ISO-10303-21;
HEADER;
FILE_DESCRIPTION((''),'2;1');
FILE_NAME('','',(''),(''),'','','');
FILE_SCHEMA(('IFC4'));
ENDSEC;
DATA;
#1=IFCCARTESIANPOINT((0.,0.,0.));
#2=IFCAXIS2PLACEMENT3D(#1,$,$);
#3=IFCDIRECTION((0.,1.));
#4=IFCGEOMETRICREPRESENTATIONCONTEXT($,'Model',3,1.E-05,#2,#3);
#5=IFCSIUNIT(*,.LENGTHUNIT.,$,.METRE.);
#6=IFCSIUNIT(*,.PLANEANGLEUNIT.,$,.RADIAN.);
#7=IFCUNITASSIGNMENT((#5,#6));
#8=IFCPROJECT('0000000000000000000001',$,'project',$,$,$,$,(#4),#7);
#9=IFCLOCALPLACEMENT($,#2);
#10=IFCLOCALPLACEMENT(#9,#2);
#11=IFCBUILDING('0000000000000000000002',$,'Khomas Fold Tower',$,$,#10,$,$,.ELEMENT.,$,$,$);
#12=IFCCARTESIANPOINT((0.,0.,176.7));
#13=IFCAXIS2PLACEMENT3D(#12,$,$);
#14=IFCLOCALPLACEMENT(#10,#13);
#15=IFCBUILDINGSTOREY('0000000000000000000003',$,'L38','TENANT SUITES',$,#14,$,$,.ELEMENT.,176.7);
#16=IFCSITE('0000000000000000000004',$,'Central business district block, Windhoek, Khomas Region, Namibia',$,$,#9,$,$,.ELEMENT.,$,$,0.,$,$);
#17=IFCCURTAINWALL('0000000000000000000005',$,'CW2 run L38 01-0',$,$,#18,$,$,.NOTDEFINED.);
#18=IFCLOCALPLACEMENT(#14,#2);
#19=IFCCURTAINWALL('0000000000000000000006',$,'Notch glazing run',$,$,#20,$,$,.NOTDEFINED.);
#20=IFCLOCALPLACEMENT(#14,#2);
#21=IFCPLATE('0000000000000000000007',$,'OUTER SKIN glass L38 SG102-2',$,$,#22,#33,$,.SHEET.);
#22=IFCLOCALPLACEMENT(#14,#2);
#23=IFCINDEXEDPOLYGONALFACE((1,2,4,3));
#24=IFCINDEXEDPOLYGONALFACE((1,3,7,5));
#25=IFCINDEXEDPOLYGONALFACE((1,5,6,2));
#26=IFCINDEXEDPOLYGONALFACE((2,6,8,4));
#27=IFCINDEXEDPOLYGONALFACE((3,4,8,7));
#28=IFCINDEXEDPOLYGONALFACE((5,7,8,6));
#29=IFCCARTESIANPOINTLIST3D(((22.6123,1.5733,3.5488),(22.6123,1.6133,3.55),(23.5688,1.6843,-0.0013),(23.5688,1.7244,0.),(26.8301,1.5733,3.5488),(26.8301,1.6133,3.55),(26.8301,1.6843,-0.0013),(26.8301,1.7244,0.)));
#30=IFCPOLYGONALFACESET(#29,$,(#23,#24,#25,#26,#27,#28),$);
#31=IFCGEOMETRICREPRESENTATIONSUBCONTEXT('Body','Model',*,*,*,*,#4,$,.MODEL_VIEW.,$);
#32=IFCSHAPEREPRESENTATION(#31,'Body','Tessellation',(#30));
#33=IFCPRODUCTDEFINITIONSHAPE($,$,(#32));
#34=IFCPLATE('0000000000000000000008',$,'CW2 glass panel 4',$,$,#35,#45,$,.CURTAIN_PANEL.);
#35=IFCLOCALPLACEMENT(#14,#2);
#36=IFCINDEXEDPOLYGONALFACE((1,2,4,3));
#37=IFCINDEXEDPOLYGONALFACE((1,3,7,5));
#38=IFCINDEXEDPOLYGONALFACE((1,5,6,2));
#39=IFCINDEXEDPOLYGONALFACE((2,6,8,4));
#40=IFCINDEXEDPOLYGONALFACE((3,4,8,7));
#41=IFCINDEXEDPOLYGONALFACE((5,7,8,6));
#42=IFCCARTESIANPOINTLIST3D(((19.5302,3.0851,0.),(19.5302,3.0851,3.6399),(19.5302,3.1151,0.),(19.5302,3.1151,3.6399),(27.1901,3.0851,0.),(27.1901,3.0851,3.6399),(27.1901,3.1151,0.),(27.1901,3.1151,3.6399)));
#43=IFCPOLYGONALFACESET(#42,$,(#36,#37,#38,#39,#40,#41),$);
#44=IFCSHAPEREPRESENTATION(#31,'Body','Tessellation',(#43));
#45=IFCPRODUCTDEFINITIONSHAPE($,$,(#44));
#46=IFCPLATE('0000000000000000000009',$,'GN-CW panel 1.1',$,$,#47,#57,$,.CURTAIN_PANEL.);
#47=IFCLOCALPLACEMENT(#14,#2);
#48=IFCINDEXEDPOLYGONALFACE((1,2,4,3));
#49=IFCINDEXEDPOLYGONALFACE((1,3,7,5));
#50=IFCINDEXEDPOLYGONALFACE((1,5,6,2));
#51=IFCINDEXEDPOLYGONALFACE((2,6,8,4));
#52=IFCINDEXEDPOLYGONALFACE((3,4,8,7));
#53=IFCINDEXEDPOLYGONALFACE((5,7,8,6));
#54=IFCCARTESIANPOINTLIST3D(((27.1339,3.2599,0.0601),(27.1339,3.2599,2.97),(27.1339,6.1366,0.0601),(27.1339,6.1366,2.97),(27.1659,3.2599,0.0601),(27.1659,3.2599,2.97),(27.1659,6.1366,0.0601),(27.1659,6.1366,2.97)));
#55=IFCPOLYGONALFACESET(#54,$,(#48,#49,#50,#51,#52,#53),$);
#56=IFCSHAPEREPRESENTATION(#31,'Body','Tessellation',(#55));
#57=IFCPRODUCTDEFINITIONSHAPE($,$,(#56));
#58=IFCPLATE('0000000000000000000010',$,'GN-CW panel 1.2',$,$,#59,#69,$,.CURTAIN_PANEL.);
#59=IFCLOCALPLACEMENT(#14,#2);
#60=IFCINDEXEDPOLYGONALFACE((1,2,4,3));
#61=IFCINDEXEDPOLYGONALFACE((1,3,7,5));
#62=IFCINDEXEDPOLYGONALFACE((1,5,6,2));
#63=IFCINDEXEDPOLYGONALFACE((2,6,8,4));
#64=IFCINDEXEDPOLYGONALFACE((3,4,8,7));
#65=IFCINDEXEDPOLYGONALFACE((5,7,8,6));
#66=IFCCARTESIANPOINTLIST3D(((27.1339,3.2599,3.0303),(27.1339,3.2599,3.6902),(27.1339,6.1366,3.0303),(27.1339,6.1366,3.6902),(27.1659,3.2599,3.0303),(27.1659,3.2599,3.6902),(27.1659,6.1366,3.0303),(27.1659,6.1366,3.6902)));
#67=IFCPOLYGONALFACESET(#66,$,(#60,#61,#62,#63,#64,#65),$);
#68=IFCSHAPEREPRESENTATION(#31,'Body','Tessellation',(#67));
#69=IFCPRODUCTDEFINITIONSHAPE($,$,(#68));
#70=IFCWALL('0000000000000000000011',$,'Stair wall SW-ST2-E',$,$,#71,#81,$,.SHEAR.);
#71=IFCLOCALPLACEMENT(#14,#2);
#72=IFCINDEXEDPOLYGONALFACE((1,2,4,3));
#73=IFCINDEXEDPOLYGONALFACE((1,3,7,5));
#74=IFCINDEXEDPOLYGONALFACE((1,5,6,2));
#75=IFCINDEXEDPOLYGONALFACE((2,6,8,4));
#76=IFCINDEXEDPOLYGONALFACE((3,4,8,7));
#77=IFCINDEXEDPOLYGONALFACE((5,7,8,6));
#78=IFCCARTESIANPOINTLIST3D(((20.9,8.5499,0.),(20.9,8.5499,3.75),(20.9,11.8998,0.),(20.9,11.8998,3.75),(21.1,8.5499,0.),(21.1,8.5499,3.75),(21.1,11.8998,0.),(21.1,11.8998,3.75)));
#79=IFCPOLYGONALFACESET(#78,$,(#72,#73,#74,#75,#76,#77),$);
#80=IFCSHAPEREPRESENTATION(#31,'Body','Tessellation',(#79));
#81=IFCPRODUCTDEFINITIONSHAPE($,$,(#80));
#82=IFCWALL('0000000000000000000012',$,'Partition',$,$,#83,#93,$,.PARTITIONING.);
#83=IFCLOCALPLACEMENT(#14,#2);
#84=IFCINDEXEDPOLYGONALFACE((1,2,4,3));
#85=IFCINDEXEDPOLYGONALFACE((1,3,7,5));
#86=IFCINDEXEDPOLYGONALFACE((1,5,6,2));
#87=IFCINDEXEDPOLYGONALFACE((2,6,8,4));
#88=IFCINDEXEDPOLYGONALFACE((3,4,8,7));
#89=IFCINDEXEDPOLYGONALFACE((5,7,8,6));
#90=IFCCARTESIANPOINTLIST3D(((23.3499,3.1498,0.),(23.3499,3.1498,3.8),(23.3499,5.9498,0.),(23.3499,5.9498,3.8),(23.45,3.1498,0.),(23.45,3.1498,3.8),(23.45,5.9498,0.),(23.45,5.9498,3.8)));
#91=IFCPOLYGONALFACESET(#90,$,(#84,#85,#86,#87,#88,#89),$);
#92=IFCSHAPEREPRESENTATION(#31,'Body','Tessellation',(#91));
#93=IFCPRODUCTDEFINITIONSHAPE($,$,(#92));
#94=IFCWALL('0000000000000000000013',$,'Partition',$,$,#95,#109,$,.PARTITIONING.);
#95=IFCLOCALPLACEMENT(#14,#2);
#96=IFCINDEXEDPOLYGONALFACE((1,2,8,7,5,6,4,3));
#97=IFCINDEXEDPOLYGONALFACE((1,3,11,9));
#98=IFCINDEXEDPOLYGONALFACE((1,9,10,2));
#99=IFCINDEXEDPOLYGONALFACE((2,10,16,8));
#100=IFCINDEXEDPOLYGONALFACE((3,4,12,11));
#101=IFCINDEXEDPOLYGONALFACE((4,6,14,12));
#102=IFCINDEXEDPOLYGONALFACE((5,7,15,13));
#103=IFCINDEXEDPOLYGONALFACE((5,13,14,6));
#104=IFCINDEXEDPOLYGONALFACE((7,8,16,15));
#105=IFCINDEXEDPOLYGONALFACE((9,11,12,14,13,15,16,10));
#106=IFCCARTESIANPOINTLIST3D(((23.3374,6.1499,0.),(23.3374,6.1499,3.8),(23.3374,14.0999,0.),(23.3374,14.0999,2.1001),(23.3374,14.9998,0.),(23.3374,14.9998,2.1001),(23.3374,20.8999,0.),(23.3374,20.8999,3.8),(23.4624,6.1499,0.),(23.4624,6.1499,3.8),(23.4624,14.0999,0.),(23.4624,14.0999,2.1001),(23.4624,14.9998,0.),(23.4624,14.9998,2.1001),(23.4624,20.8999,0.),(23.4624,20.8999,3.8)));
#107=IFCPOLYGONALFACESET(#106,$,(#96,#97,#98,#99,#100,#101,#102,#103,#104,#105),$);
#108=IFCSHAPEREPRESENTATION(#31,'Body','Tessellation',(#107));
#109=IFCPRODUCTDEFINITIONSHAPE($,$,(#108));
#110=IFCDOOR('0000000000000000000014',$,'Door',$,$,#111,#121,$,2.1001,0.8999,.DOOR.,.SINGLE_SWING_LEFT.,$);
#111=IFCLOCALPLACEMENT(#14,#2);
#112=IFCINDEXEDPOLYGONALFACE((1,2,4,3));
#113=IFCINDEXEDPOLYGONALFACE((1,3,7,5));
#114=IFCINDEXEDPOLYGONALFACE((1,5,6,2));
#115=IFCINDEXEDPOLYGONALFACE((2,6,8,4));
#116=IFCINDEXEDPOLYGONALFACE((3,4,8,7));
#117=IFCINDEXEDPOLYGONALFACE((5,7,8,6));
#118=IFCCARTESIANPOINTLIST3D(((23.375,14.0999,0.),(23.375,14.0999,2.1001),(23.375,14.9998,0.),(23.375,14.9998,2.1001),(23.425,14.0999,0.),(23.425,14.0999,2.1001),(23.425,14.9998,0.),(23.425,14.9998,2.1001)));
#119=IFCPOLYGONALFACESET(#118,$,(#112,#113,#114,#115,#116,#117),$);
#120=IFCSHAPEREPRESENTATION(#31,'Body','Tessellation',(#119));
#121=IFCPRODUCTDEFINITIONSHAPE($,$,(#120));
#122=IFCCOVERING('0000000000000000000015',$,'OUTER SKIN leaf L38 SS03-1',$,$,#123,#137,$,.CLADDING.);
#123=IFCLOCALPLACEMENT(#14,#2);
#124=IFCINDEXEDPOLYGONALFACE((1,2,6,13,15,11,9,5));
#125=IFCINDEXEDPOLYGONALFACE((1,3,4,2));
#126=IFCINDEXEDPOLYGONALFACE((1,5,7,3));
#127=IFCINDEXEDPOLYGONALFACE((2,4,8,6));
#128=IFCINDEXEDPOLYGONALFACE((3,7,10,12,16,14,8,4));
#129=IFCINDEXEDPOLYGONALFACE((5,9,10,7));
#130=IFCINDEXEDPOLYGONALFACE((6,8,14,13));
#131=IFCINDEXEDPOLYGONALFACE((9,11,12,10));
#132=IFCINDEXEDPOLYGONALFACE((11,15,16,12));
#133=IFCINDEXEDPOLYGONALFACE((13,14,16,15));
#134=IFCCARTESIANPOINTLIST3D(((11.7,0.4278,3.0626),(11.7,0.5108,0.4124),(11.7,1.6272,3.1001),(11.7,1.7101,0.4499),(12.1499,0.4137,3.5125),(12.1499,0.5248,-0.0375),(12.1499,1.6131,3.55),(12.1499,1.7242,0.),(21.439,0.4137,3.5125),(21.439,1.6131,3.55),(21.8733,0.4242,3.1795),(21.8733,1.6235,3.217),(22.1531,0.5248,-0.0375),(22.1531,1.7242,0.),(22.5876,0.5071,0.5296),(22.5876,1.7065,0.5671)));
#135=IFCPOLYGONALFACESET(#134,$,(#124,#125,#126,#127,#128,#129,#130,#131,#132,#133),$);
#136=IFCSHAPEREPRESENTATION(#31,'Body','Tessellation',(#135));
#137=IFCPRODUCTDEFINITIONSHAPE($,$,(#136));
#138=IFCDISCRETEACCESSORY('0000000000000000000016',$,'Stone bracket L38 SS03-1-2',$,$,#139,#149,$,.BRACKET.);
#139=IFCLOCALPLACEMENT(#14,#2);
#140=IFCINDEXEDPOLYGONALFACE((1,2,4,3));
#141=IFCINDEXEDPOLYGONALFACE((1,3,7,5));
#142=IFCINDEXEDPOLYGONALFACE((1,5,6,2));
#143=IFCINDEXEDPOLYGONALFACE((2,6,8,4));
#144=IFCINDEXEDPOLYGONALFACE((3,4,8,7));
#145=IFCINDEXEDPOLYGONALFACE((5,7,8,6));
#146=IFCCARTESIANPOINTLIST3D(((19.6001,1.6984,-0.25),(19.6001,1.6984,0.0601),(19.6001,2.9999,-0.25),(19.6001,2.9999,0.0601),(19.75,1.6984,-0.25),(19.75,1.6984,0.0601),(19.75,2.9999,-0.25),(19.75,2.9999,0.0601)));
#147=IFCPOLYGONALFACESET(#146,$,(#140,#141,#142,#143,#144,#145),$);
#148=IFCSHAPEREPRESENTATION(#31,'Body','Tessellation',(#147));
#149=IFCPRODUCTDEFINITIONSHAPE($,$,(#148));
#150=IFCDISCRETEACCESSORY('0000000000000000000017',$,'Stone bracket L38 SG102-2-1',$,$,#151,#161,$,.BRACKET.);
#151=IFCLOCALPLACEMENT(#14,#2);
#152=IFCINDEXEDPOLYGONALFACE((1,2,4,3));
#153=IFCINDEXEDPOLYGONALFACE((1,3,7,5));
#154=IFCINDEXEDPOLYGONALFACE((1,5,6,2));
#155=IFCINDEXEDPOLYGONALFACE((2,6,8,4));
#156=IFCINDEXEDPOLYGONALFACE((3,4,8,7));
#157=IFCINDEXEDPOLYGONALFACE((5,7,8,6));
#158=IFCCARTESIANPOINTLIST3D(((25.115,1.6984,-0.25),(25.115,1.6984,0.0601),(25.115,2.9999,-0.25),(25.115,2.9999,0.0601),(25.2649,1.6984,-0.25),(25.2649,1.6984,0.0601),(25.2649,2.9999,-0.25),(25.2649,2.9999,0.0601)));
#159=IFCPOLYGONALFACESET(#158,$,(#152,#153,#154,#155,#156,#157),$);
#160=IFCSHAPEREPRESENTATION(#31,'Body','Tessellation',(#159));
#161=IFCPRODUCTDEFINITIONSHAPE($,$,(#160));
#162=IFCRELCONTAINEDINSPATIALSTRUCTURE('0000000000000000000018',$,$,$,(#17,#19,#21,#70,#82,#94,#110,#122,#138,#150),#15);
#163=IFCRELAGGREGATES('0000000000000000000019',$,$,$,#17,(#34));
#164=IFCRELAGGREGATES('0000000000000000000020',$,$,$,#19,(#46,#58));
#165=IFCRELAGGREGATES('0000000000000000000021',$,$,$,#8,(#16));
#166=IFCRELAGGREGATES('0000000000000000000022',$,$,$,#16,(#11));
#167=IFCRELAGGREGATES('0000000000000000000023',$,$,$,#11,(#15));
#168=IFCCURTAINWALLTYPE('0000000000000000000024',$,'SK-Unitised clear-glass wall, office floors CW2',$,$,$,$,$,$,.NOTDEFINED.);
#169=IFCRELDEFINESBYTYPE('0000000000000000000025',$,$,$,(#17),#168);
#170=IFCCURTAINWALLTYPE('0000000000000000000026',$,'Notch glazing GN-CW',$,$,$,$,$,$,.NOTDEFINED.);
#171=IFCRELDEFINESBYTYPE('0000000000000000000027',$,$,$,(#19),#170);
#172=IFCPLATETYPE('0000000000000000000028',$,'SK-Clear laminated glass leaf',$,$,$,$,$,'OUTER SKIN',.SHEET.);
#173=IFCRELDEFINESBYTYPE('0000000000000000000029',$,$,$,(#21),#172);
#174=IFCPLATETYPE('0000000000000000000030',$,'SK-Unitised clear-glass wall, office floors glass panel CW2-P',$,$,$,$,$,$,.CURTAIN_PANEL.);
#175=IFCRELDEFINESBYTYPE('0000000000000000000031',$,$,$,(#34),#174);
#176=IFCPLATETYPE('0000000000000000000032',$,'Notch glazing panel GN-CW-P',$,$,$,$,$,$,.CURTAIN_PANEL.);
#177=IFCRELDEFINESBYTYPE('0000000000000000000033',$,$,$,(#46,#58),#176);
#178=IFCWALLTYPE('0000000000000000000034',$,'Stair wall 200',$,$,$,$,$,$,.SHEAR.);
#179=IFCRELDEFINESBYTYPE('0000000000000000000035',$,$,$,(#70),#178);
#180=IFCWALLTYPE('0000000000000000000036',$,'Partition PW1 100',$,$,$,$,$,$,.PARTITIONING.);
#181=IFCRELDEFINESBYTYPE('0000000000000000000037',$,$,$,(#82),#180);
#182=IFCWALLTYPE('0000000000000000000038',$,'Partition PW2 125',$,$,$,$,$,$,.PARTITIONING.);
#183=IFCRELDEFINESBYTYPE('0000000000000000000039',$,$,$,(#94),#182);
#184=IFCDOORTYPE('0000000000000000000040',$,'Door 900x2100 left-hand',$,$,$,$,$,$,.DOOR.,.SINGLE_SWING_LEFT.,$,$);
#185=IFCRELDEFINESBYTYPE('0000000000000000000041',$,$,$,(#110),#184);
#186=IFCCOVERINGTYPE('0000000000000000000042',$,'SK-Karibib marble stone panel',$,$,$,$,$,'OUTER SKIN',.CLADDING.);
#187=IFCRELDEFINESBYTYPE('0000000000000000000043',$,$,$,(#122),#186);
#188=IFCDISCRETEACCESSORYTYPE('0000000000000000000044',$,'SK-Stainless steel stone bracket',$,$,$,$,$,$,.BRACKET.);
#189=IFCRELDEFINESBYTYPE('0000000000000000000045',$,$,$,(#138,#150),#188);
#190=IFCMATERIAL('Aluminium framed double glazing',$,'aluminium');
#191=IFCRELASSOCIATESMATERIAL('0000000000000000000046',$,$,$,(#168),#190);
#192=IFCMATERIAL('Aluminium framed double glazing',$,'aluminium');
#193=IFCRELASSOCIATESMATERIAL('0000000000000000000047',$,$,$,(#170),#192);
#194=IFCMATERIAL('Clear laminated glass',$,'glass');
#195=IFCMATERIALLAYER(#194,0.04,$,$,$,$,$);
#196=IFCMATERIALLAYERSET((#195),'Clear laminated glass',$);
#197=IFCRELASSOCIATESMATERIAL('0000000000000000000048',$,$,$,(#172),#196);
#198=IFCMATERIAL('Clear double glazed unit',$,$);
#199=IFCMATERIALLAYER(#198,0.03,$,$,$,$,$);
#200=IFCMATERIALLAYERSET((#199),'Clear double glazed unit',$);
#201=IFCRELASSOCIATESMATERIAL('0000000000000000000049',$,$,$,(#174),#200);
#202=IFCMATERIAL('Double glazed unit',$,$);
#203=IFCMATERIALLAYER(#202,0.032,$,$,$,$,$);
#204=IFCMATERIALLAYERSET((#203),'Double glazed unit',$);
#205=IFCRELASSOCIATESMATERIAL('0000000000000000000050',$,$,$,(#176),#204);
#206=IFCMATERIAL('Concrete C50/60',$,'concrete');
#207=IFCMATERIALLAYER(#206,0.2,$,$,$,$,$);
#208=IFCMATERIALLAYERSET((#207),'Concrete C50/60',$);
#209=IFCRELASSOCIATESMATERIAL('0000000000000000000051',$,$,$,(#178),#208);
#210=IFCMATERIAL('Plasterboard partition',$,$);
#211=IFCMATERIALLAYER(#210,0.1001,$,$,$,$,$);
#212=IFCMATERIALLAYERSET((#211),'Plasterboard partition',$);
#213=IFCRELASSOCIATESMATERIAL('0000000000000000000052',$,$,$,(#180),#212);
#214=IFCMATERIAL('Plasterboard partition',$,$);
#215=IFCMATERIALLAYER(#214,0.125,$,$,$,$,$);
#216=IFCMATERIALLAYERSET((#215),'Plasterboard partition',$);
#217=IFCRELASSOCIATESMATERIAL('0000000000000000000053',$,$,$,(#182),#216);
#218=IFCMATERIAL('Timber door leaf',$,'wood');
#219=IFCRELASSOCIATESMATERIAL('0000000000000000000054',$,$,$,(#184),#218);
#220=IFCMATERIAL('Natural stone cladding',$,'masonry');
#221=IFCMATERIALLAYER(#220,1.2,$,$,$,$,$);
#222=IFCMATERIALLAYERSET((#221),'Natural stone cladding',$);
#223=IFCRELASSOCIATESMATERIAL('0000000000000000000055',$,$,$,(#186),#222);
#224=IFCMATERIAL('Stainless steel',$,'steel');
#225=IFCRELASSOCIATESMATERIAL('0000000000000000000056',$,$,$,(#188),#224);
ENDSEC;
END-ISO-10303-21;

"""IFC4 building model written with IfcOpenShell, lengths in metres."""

from ifc_helpers import new_model, si_unit, direction, frame, frame_2d, origin, origin_2d, place, context, subcontext, project, spatial, polyline, rectangle, outline, extrude, source, transform, mapped, material, layer, layer_set, type_object, element, fill, aggregate, save


model = new_model("IFC4")

# Units and contexts
model_context = context("Model", 3, precision=1e-05, world=origin(), true_north=direction((0.0, 1.0)))
body_context = subcontext(model_context, "Body", "Model", "MODEL_VIEW")
ifc_project = project(units=[si_unit("LENGTHUNIT", "METRE"), si_unit("PLANEANGLEUNIT", "RADIAN")], contexts=[model_context])

# Site, building, storey
site_placement = place(None, origin())
site = spatial("IfcSite", under=ifc_project, at=site_placement, Name="Central business district block, Windhoek, Khomas Region, Namibia", CompositionType="ELEMENT", RefElevation=0.0)
building_placement = place(site_placement, origin())
building = spatial("IfcBuilding", under=site, at=building_placement, Name="Khomas Fold Tower", CompositionType="ELEMENT")
storey_placement = place(building_placement, frame((0.0, 0.0, 176.7)))
storey = spatial("IfcBuildingStorey", under=building, at=storey_placement, Name="L38", Description="TENANT SUITES", CompositionType="ELEMENT", Elevation=176.7)

# Curtain walls
ifc_material_1 = material(Name="Aluminium framed double glazing", Category="aluminium")
curtain_wall_type_1 = type_object("IfcCurtainWallType", Name="SK-Unitised clear-glass wall, office floors CW2", PredefinedType="NOTDEFINED", material=ifc_material_1)
curtain_wall_1_placement = place(storey_placement, origin())
curtain_wall_1 = element("IfcCurtainWall", 1, at=curtain_wall_1_placement, inside=storey, type_object=curtain_wall_type_1, Name="CW2 run L38 01-0", PredefinedType="NOTDEFINED")
ifc_material_2 = material(Name="Aluminium framed double glazing", Category="aluminium")
curtain_wall_type_2 = type_object("IfcCurtainWallType", Name="Notch glazing GN-CW", PredefinedType="NOTDEFINED", material=ifc_material_2)
curtain_wall_2_placement = place(storey_placement, origin())
curtain_wall_2 = element("IfcCurtainWall", 2, at=curtain_wall_2_placement, inside=storey, type_object=curtain_wall_type_2, Name="Notch glazing run", PredefinedType="NOTDEFINED")

# Plates
ifc_material_3 = material(Name="Clear laminated glass", Category="glass")
ifc_layer_1 = layer(ifc_material_3, 0.04)
ifc_layer_set_1 = layer_set([ifc_layer_1], Name="Clear laminated glass")
plate_type_1 = type_object("IfcPlateType", Name="SK-Clear laminated glass leaf", ElementType="OUTER SKIN", PredefinedType="SHEET", material=ifc_layer_set_1)
plate_1_placement = place(storey_placement, frame((23.5688, 1.7244, 0.0), z_axis=(0.0, 0.999511, 0.031276), x_axis=(-0.260048, -0.0302, 0.965123)))
element("IfcPlate", 3, at=plate_1_placement, inside=storey, type_object=plate_type_1, Name="OUTER SKIN glass L38 SG102-2", PredefinedType="SHEET", context=body_context, shape_type="SweptSolid", body=[
    extrude(outline(polyline([(0.0, 0.0), (3.6783, 0.0), (2.5815, 4.0727), (-0.8481, 3.149), (0.0, 0.0)])), origin(), (0.0, 0.0, -1.0), 0.04),
])
ifc_material_4 = material(Name="Clear double glazed unit")
ifc_layer_2 = layer(ifc_material_4, 0.03)
ifc_layer_set_2 = layer_set([ifc_layer_2], Name="Clear double glazed unit")
plate_type_2 = type_object("IfcPlateType", Name="SK-Unitised clear-glass wall, office floors glass panel CW2-P", PredefinedType="CURTAIN_PANEL", material=ifc_layer_set_2)
shared_shape_1 = source(origin(), body_context, "Body", "SweptSolid", [
    extrude(rectangle(XDim=7.6599, YDim=0.03, at=origin_2d()), origin(), (0.0, 0.0, 1.0), 3.6399),
])
plate_2_placement = place(storey_placement, frame((23.3601, 3.1001, 0.0), z_axis=(0.0, 0.0, 1.0), x_axis=(1.0, 0.0, 0.0)))
plate_2 = element("IfcPlate", 4, at=plate_2_placement, type_object=plate_type_2, Name="CW2 glass panel 4", PredefinedType="CURTAIN_PANEL", context=body_context, shape_type="MappedRepresentation", body=[
    mapped(shared_shape_1, transform((0.0, 0.0, 0.0))),
])
aggregate(curtain_wall_1, [plate_2])
ifc_material_5 = material(Name="Double glazed unit")
ifc_layer_3 = layer(ifc_material_5, 0.032)
ifc_layer_set_3 = layer_set([ifc_layer_3], Name="Double glazed unit")
plate_type_3 = type_object("IfcPlateType", Name="Notch glazing panel GN-CW-P", PredefinedType="CURTAIN_PANEL", material=ifc_layer_set_3)
shared_shape_2 = source(origin(), body_context, "Body", "SweptSolid", [
    extrude(rectangle(XDim=2.8767, YDim=0.032, at=origin_2d()), origin(), (0.0, 0.0, 1.0), 2.9099),
])
plate_3_placement = place(storey_placement, frame((27.1499, 4.6982, 0.0601), z_axis=(0.0, 0.0, 1.0), x_axis=(0.0, 1.0, 0.0)))
plate_3 = element("IfcPlate", 5, at=plate_3_placement, type_object=plate_type_3, Name="GN-CW panel 1.1", PredefinedType="CURTAIN_PANEL", context=body_context, shape_type="MappedRepresentation", body=[
    mapped(shared_shape_2, transform((0.0, 0.0, 0.0))),
])
shared_shape_3 = source(origin(), body_context, "Body", "SweptSolid", [
    extrude(rectangle(XDim=2.8767, YDim=0.032, at=origin_2d()), origin(), (0.0, 0.0, 1.0), 0.6599),
])
plate_4_placement = place(storey_placement, frame((27.1499, 4.6982, 3.0303), z_axis=(0.0, 0.0, 1.0), x_axis=(0.0, 1.0, 0.0)))
plate_4 = element("IfcPlate", 6, at=plate_4_placement, type_object=plate_type_3, Name="GN-CW panel 1.2", PredefinedType="CURTAIN_PANEL", context=body_context, shape_type="MappedRepresentation", body=[
    mapped(shared_shape_3, transform((0.0, 0.0, 0.0))),
])
aggregate(curtain_wall_2, [plate_3, plate_4])

# Walls
ifc_material_6 = material(Name="Concrete C50/60", Category="concrete")
ifc_layer_4 = layer(ifc_material_6, 0.2)
ifc_layer_set_4 = layer_set([ifc_layer_4], Name="Concrete C50/60")
wall_type_1 = type_object("IfcWallType", Name="Stair wall 200", PredefinedType="SHEAR", material=ifc_layer_set_4)
shared_shape_4 = source(origin(), body_context, "Body", "SweptSolid", [
    extrude(rectangle(XDim=3.3499, YDim=0.2, at=frame_2d((1.6748, 0.0))), origin(), (0.0, 0.0, 1.0), 3.75),
])
wall_1_placement = place(storey_placement, frame((21.0, 8.55, 0.0), z_axis=(0.0, 0.0, 1.0), x_axis=(0.0, 1.0, 0.0)))
element("IfcWall", 7, at=wall_1_placement, inside=storey, type_object=wall_type_1, Name="Stair wall SW-ST2-E", PredefinedType="SHEAR", context=body_context, shape_type="MappedRepresentation", body=[
    mapped(shared_shape_4, transform((0.0, 0.0, 0.0))),
])
ifc_material_7 = material(Name="Plasterboard partition")
ifc_layer_5 = layer(ifc_material_7, 0.1001)
ifc_layer_set_5 = layer_set([ifc_layer_5], Name="Plasterboard partition")
wall_type_2 = type_object("IfcWallType", Name="Partition PW1 100", PredefinedType="PARTITIONING", material=ifc_layer_set_5)
shared_shape_5 = source(origin(), body_context, "Body", "SweptSolid", [
    extrude(rectangle(XDim=2.8, YDim=0.1001, at=frame_2d((1.3999, 0.0))), origin(), (0.0, 0.0, 1.0), 3.8),
])
wall_2_placement = place(storey_placement, frame((23.3999, 3.1499, 0.0), z_axis=(0.0, 0.0, 1.0), x_axis=(0.0, 1.0, 0.0)))
element("IfcWall", 8, at=wall_2_placement, inside=storey, type_object=wall_type_2, Name="Partition", PredefinedType="PARTITIONING", context=body_context, shape_type="MappedRepresentation", body=[
    mapped(shared_shape_5, transform((0.0, 0.0, 0.0))),
])

# Wall, opening, door
ifc_material_8 = material(Name="Plasterboard partition")
ifc_layer_6 = layer(ifc_material_8, 0.125)
ifc_layer_set_6 = layer_set([ifc_layer_6], Name="Plasterboard partition")
wall_type_3 = type_object("IfcWallType", Name="Partition PW2 125", PredefinedType="PARTITIONING", material=ifc_layer_set_6)
shared_shape_6 = source(origin(), body_context, "Body", "SweptSolid", [
    extrude(rectangle(XDim=14.75, YDim=0.125, at=frame_2d((7.375, 0.0))), origin(), (0.0, 0.0, 1.0), 3.8),
])
wall_3_placement = place(storey_placement, frame((23.3999, 6.1499, 0.0), z_axis=(0.0, 0.0, 1.0), x_axis=(0.0, 1.0, 0.0)))
wall_3 = element("IfcWall", 9, at=wall_3_placement, inside=storey, type_object=wall_type_3, Name="Partition", PredefinedType="PARTITIONING", context=body_context, shape_type="MappedRepresentation", body=[
    mapped(shared_shape_6, transform((0.0, 0.0, 0.0))),
])
shared_shape_7 = source(origin(), body_context, "Body", "SweptSolid", [
    extrude(rectangle(XDim=0.8999, YDim=2.1001, at=frame_2d((0.45, 1.05))), frame((0.0, 0.0725, 0.0), z_axis=(0.0, -1.0, 0.0), x_axis=(1.0, 0.0, 0.0)), (0.0, 0.0, 1.0), 0.145),
])
opening_placement = place(wall_3_placement, frame((7.95, 0.0, 0.0)))
opening = element("IfcOpeningElement", 10, at=opening_placement, cuts=wall_3, PredefinedType="OPENING", context=body_context, shape_type="MappedRepresentation", body=[
    mapped(shared_shape_7, transform((0.0, 0.0, 0.0))),
])
ifc_material_9 = material(Name="Timber door leaf", Category="wood")
door_type = type_object("IfcDoorType", Name="Door 900x2100 left-hand", OperationType="SINGLE_SWING_LEFT", PredefinedType="DOOR", material=ifc_material_9)
shared_shape_8 = source(origin(), body_context, "Body", "SweptSolid", [
    extrude(rectangle(XDim=0.8999, YDim=2.1001, at=frame_2d((0.45, 1.05))), frame((0.0, 0.0249, 0.0), z_axis=(0.0, -1.0, 0.0), x_axis=(1.0, 0.0, 0.0)), (0.0, 0.0, 1.0), 0.05),
])
door_placement = place(opening_placement, origin())
door = element("IfcDoor", 11, at=door_placement, inside=storey, type_object=door_type, Name="Door", OperationType="SINGLE_SWING_LEFT", OverallHeight=2.1001, OverallWidth=0.8999, PredefinedType="DOOR", context=body_context, shape_type="MappedRepresentation", body=[
    mapped(shared_shape_8, transform((0.0, 0.0, 0.0))),
])
fill(opening, door)

# Covering
ifc_material_10 = material(Name="Natural stone cladding", Category="masonry")
ifc_layer_7 = layer(ifc_material_10, 1.2)
ifc_layer_set_7 = layer_set([ifc_layer_7], Name="Natural stone cladding")
covering_type = type_object("IfcCoveringType", Name="SK-Karibib marble stone panel", ElementType="OUTER SKIN", PredefinedType="CLADDING", material=ifc_layer_set_7)
covering_placement = place(storey_placement, frame((21.8733, 1.6235, 3.217), z_axis=(0.0, 0.999511, 0.031279), x_axis=(0.260167, 0.030202, -0.965091)))
element("IfcCovering", 12, at=covering_placement, inside=storey, type_object=covering_type, Name="OUTER SKIN leaf L38 SS03-1", PredefinedType="CLADDING", context=body_context, shape_type="SweptSolid", body=[
    extrude(outline(polyline([(0.0, 0.0), (2.7458, 0.0), (3.1806, 0.5672), (0.5781, 10.2259), (0.0263, 10.5433), (-2.5338, 9.8534), (-2.8514, 9.3019), (-0.4347, 0.3327), (0.0, 0.0)])), origin(), (0.0, 0.0, -1.0), 1.2),
])

# Discrete accessories
ifc_material_11 = material(Name="Stainless steel", Category="steel")
discrete_accessory_type = type_object("IfcDiscreteAccessoryType", Name="SK-Stainless steel stone bracket", PredefinedType="BRACKET", material=ifc_material_11)
shared_shape_9 = source(origin(), body_context, "Body", "SweptSolid", [
    extrude(rectangle(XDim=1.3015, YDim=0.1499, at=origin_2d()), origin(), (0.0, 0.0, 1.0), 0.3101),
])
for number, where, z_axis, x_axis, name in (
    (13, (19.675, 2.3491, -0.25), (0.0, 0.0, 1.0), (0.0, -1.0, 0.0), "Stone bracket L38 SS03-1-2"),
    (14, (25.1899, 2.3491, -0.25), (0.0, 0.0, 1.0), (0.0, -1.0, 0.0), "Stone bracket L38 SG102-2-1"),
):
    element("IfcDiscreteAccessory", number, at=place(storey_placement, frame(where, z_axis=z_axis, x_axis=x_axis)), inside=storey, type_object=discrete_accessory_type, Name=name, PredefinedType="BRACKET", context=body_context, shape_type="MappedRepresentation", body=[
        mapped(shared_shape_9, transform((0.0, 0.0, 0.0))),
    ])

save(model, "model.ifc")
